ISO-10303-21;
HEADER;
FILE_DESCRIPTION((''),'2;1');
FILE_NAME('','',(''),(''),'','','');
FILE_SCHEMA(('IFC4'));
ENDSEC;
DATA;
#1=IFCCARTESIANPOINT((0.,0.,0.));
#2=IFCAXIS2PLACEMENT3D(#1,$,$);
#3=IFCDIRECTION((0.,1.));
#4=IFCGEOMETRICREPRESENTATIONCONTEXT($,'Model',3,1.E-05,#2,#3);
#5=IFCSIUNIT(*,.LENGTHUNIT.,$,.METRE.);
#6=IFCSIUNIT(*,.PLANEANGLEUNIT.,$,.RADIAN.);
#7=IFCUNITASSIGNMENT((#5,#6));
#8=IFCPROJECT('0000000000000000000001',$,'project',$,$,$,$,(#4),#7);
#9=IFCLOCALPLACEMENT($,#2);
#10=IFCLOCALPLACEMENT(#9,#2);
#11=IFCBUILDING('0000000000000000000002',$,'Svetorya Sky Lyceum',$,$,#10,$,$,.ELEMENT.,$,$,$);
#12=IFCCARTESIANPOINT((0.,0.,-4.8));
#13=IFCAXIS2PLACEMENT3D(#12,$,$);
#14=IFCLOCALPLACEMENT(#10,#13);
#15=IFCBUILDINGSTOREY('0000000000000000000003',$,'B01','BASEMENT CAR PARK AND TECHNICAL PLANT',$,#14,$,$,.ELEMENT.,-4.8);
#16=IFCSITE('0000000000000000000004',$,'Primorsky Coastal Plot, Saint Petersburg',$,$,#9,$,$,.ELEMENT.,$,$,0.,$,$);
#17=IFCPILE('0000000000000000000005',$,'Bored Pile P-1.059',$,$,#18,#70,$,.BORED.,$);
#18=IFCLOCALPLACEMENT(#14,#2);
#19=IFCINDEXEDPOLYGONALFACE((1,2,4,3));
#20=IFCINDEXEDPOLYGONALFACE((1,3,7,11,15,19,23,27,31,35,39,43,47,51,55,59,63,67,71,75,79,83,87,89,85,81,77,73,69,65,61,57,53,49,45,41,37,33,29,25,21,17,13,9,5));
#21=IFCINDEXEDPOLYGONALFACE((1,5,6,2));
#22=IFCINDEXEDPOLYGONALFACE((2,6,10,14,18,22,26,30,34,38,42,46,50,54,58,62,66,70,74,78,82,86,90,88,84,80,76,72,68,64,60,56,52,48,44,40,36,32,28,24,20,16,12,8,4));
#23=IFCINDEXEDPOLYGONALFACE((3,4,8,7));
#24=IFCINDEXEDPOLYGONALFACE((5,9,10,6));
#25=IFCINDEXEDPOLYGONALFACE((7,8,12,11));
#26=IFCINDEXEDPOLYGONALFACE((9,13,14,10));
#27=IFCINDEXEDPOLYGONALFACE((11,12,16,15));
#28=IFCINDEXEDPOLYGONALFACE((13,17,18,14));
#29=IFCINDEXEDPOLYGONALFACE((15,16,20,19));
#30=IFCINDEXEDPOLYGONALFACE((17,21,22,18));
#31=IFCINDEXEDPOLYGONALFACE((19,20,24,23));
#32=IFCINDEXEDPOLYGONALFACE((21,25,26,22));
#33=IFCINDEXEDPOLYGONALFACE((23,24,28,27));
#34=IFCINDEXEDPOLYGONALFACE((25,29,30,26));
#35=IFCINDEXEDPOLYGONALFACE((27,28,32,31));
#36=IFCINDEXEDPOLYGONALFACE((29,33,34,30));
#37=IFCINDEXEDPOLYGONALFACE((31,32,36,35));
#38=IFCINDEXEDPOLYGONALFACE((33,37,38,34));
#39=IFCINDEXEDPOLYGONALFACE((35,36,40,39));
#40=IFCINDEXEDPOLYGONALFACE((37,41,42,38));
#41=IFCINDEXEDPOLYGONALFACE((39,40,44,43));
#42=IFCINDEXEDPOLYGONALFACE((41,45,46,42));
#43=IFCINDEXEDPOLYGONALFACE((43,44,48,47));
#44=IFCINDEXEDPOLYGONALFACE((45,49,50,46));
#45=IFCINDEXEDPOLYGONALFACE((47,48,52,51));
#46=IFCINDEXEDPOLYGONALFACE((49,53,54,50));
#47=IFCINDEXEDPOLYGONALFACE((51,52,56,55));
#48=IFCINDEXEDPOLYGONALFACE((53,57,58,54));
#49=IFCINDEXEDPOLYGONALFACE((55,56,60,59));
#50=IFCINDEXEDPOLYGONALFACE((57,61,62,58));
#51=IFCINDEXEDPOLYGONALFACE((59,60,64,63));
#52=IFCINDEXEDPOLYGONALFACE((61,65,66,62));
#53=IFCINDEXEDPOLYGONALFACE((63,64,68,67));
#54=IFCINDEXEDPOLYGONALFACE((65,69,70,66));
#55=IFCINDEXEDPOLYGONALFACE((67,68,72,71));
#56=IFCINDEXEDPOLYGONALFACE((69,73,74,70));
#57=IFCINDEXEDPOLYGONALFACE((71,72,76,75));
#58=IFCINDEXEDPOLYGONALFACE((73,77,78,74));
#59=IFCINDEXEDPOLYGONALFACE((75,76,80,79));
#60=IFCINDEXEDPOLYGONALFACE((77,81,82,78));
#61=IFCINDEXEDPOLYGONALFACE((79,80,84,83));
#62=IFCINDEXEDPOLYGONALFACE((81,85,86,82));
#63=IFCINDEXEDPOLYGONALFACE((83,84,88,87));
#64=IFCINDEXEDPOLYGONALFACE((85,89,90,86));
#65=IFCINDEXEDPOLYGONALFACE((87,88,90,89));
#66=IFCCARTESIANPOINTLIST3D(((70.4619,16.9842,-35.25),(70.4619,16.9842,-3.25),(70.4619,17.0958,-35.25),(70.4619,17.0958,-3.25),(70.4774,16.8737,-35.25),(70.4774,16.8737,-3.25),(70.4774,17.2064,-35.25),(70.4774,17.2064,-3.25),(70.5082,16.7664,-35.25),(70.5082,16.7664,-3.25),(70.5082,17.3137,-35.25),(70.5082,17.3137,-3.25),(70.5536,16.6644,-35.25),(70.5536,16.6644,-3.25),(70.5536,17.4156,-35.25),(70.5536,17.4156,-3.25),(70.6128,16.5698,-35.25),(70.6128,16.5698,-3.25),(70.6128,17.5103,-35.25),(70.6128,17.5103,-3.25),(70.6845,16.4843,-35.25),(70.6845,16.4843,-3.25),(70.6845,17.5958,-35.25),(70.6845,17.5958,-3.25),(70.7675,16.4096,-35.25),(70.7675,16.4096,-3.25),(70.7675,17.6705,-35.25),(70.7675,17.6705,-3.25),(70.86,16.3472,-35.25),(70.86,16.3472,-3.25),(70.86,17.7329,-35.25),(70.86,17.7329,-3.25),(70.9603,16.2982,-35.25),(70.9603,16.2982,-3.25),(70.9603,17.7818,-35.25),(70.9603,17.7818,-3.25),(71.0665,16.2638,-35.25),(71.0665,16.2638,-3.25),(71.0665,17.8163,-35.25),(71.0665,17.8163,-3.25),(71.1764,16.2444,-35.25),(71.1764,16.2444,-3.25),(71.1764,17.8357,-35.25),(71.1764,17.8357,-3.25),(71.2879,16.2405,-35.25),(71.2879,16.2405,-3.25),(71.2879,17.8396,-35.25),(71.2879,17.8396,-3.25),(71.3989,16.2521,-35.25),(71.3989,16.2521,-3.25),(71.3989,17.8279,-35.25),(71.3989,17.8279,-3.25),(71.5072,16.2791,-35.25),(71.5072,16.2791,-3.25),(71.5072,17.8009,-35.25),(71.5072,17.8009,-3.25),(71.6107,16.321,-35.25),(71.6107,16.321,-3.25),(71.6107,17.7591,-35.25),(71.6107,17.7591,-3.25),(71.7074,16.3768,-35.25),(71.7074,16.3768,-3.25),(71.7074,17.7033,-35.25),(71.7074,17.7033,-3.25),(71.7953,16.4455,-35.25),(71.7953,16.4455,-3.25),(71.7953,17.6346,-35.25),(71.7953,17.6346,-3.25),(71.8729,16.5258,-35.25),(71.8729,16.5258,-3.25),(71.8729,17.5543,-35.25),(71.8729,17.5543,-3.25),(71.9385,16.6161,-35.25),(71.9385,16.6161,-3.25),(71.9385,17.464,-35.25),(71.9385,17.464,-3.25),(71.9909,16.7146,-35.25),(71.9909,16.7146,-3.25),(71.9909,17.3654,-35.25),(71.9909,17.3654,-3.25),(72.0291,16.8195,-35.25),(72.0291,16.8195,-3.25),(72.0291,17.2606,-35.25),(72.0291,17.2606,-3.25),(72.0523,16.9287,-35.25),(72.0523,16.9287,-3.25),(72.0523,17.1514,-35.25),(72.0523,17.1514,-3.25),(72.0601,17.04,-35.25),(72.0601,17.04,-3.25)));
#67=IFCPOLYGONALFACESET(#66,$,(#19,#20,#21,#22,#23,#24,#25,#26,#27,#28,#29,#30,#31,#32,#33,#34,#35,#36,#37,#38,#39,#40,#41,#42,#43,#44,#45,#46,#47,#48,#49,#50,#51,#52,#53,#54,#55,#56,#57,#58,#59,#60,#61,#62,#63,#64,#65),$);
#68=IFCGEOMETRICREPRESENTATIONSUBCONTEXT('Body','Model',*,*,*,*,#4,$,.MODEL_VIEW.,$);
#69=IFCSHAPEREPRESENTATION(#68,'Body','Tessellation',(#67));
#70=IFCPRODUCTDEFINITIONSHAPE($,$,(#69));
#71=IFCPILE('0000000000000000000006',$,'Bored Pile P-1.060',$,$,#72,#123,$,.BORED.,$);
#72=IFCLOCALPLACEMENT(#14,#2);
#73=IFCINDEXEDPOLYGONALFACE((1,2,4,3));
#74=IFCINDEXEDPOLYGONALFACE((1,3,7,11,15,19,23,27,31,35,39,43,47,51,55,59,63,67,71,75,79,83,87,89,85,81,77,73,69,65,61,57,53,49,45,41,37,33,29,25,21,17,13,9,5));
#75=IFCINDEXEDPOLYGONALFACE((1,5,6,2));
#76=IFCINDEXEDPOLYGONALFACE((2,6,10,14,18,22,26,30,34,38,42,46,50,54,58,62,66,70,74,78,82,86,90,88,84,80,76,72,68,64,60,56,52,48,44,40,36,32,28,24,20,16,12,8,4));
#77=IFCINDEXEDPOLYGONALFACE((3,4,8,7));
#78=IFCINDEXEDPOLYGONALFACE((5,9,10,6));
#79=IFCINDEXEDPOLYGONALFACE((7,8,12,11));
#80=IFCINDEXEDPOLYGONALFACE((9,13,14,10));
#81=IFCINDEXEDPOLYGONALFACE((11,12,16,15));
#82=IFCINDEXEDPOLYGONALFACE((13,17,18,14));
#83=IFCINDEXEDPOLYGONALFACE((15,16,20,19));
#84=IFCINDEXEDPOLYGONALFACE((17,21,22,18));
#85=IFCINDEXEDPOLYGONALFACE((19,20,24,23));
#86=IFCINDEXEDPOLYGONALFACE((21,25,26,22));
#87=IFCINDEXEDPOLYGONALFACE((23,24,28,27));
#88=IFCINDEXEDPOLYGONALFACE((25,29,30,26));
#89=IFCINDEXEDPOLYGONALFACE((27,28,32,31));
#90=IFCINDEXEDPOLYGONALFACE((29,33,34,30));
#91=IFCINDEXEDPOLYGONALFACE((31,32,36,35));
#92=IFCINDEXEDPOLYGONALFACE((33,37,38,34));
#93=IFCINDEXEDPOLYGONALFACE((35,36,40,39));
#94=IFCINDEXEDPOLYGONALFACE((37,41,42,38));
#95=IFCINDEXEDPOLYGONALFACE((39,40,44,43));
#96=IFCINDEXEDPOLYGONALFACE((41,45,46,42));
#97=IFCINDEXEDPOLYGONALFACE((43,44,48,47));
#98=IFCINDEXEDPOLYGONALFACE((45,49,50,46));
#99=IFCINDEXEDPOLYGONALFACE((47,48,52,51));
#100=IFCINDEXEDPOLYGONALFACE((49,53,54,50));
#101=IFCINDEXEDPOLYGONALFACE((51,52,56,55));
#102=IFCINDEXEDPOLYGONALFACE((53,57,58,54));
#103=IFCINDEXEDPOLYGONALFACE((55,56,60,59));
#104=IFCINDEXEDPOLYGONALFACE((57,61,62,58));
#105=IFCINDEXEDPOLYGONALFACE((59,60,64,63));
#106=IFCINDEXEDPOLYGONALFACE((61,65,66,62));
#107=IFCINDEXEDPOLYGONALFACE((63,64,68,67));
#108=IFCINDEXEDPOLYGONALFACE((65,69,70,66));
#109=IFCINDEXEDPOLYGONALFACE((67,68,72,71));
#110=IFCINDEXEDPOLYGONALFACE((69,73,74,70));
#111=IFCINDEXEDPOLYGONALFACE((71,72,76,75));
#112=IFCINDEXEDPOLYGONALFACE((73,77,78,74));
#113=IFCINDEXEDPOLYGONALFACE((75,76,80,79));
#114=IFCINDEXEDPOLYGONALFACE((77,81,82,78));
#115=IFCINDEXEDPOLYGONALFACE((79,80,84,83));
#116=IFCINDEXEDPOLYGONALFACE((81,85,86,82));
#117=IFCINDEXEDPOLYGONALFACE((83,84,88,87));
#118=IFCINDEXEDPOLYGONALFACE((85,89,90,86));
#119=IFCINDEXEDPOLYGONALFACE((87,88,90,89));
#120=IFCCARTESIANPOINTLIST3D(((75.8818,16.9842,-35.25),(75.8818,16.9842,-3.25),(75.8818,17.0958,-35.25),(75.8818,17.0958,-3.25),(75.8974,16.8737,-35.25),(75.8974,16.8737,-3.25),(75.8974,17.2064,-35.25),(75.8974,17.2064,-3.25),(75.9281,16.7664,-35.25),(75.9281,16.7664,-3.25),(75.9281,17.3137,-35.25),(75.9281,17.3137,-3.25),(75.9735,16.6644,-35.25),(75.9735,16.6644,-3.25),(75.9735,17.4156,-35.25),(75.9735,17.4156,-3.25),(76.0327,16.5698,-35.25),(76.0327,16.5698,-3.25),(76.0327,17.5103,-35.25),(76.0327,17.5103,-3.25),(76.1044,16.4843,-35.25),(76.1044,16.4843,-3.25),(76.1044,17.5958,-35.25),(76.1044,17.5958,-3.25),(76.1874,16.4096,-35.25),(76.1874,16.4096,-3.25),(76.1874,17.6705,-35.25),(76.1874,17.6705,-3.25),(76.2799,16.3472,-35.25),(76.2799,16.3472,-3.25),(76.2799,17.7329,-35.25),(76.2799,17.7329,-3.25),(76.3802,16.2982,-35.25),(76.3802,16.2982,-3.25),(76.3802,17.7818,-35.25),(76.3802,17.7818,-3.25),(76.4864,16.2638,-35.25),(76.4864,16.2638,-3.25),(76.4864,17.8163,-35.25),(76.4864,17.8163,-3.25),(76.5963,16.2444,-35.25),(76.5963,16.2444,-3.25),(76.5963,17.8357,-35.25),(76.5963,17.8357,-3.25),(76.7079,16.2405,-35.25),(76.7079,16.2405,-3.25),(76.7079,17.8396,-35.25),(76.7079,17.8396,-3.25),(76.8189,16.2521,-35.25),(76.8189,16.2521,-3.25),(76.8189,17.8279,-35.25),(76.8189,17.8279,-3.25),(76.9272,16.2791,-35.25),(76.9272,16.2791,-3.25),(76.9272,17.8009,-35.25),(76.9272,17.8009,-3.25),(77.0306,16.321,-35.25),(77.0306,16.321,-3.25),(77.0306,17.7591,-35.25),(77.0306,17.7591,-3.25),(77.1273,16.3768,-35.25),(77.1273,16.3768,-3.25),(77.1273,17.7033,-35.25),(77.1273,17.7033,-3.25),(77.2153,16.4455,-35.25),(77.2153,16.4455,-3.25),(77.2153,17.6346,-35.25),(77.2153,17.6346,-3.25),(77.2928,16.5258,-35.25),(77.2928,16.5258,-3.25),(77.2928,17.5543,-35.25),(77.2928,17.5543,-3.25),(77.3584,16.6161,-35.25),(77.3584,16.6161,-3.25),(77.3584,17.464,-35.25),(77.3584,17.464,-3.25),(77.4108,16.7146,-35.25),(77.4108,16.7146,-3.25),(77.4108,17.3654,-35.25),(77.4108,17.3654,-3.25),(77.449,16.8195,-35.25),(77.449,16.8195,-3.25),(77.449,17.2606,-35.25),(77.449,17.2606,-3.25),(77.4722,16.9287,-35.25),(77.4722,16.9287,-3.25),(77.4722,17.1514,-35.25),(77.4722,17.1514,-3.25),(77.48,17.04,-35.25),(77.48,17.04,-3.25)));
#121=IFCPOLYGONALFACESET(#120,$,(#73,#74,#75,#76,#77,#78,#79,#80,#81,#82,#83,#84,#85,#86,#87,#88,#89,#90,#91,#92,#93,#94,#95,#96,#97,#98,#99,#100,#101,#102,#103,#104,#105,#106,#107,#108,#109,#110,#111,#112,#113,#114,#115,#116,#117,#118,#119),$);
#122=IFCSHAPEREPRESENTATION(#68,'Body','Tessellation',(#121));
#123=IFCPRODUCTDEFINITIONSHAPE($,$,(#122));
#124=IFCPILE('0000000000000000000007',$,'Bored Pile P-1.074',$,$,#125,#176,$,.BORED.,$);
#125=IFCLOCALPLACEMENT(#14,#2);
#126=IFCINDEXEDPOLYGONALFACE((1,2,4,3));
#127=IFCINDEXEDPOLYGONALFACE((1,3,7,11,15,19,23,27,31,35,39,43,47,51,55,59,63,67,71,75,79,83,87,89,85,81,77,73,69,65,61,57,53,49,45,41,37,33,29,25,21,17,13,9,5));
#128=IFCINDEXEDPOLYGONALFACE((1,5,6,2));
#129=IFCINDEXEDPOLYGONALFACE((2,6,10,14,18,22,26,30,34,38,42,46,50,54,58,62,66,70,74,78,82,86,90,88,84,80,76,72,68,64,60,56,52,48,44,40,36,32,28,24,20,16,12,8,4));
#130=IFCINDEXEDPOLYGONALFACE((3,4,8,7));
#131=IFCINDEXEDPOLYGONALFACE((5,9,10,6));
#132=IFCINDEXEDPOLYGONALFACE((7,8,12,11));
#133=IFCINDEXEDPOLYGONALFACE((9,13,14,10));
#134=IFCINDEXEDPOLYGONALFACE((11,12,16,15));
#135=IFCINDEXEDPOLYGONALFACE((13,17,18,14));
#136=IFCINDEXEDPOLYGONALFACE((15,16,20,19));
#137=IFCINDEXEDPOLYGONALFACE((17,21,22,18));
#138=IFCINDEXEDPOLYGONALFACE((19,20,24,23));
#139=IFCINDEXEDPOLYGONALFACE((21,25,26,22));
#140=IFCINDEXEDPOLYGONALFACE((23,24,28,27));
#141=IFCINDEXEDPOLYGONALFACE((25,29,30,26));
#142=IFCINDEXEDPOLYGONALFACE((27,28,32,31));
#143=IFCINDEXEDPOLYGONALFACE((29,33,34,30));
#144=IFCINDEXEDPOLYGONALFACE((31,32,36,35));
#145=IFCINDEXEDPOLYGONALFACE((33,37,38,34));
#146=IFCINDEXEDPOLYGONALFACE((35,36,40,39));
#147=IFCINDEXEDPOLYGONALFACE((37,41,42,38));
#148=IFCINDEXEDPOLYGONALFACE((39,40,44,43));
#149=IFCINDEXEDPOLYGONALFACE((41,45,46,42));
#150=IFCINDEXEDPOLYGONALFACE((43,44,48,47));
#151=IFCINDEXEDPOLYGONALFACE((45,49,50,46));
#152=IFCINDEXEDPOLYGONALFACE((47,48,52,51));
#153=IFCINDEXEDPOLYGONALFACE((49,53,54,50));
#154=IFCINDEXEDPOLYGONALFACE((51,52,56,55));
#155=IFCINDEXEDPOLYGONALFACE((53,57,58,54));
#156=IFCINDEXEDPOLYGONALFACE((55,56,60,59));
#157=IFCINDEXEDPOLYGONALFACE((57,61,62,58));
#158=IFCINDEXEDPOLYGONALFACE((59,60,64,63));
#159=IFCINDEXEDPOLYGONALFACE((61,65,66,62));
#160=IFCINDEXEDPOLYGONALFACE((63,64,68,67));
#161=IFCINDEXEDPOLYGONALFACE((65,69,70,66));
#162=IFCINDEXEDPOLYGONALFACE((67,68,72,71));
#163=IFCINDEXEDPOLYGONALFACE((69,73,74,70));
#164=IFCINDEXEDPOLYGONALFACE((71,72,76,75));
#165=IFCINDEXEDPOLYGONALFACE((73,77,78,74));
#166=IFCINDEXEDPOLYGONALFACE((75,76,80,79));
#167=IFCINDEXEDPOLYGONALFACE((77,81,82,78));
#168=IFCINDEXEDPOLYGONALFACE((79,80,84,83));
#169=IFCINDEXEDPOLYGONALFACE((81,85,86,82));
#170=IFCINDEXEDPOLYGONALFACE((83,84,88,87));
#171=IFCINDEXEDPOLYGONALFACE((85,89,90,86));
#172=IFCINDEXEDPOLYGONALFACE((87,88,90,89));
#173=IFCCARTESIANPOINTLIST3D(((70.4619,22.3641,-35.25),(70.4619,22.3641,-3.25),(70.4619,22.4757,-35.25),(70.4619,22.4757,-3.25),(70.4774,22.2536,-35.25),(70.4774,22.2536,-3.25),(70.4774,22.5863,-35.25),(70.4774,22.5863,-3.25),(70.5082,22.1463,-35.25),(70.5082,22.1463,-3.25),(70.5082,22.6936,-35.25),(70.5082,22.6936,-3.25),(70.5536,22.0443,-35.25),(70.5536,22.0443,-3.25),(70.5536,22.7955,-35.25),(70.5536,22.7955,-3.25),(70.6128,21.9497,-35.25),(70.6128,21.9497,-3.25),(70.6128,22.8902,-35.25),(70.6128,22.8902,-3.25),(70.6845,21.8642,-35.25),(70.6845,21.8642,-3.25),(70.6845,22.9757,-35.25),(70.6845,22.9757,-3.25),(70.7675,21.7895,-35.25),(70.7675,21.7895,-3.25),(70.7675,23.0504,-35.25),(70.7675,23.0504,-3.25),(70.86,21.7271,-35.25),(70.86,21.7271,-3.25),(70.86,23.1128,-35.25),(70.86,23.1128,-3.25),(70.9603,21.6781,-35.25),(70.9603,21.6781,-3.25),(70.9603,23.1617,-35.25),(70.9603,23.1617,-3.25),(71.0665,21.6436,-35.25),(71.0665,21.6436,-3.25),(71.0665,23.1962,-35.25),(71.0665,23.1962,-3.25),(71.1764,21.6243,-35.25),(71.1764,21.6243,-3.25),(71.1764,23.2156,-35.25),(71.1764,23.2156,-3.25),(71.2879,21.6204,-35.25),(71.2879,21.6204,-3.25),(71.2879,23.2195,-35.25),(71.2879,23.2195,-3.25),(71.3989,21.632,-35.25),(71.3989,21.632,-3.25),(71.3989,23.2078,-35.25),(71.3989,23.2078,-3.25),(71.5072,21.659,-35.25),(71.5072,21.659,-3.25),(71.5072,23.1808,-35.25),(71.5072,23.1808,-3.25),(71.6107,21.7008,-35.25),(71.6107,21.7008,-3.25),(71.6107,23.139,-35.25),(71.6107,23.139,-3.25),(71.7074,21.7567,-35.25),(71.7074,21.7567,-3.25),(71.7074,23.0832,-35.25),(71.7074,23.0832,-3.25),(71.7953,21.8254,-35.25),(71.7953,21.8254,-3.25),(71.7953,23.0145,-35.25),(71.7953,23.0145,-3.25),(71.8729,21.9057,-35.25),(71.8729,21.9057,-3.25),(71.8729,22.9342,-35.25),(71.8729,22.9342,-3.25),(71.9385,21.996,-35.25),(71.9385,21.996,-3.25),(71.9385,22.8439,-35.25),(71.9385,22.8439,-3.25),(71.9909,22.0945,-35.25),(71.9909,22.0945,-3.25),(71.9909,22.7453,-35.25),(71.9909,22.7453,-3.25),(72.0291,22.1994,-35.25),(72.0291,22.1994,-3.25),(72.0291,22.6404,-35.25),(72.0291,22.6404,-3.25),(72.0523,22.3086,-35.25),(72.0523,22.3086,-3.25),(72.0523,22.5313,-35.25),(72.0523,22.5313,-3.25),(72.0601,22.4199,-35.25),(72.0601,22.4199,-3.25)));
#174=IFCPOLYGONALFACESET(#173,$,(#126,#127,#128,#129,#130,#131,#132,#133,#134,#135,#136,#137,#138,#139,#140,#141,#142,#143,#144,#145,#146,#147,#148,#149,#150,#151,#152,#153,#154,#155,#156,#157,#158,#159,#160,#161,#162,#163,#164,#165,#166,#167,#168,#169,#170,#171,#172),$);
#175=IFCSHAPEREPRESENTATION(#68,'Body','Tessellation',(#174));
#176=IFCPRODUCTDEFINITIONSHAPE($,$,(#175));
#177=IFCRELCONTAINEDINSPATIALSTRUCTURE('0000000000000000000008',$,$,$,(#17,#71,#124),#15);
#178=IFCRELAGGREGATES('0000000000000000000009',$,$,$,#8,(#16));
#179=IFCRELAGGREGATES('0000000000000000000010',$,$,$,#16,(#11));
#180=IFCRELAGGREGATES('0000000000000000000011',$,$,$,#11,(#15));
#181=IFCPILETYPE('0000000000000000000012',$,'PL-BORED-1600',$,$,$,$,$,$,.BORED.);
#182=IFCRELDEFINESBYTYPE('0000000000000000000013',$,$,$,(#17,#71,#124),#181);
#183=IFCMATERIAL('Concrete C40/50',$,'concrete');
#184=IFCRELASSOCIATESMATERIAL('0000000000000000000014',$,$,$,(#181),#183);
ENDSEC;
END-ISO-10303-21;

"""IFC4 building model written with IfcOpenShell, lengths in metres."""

from ifc_helpers import new_model, si_unit, direction, frame, origin, origin_2d, place, context, subcontext, project, spatial, circle, extrude, material, material_profile, profile_set, type_object, element, save


model = new_model("IFC4")

# Units and contexts
model_context = context("Model", 3, precision=1e-05, world=origin(), true_north=direction((0.0, 1.0)))
body_context = subcontext(model_context, "Body", "Model", "MODEL_VIEW")
ifc_project = project(units=[si_unit("LENGTHUNIT", "METRE"), si_unit("PLANEANGLEUNIT", "RADIAN")], contexts=[model_context])

# Site, building, storey
site_placement = place(None, origin())
site = spatial("IfcSite", under=ifc_project, at=site_placement, Name="Primorsky Coastal Plot, Saint Petersburg", CompositionType="ELEMENT", RefElevation=0.0)
building_placement = place(site_placement, origin())
building = spatial("IfcBuilding", under=site, at=building_placement, Name="Svetorya Sky Lyceum", CompositionType="ELEMENT")
storey_placement = place(building_placement, frame((0.0, 0.0, -4.8)))
storey = spatial("IfcBuildingStorey", under=building, at=storey_placement, Name="B01", Description="BASEMENT CAR PARK AND TECHNICAL PLANT", CompositionType="ELEMENT", Elevation=-4.8)

# Piles
ifc_material_1 = material(Name="Concrete C40/50", Category="concrete")
ifc_material_profile_1 = material_profile(ifc_material_1, circle(Radius=0.8, at=origin_2d()), Name="RC PILE D1600")
ifc_profile_set_1 = profile_set([ifc_material_profile_1], Name="Concrete C40/50")
pile_type = type_object("IfcPileType", Name="PL-BORED-1600", PredefinedType="BORED", material=ifc_profile_set_1)
for number, where, z_axis, x_axis, name in (
    (1, (71.26, 17.04, -3.25), (0.0, 0.0, -1.0), (1.0, 0.0, 0.0), "Bored Pile P-1.059"),
    (2, (76.6799, 17.04, -3.25), (0.0, 0.0, -1.0), (1.0, 0.0, 0.0), "Bored Pile P-1.060"),
    (3, (71.26, 22.4199, -3.25), (0.0, 0.0, -1.0), (1.0, 0.0, 0.0), "Bored Pile P-1.074"),
):
    element("IfcPile", number, at=place(storey_placement, frame(where, z_axis=z_axis, x_axis=x_axis)), inside=storey, type_object=pile_type, Name=name, PredefinedType="BORED", context=body_context, shape_type="SweptSolid", body=[
        extrude(circle(Radius=0.8, at=origin_2d()), origin(), (0.0, 0.0, 1.0), 32.0),
    ])

save(model, "model.ifc")
